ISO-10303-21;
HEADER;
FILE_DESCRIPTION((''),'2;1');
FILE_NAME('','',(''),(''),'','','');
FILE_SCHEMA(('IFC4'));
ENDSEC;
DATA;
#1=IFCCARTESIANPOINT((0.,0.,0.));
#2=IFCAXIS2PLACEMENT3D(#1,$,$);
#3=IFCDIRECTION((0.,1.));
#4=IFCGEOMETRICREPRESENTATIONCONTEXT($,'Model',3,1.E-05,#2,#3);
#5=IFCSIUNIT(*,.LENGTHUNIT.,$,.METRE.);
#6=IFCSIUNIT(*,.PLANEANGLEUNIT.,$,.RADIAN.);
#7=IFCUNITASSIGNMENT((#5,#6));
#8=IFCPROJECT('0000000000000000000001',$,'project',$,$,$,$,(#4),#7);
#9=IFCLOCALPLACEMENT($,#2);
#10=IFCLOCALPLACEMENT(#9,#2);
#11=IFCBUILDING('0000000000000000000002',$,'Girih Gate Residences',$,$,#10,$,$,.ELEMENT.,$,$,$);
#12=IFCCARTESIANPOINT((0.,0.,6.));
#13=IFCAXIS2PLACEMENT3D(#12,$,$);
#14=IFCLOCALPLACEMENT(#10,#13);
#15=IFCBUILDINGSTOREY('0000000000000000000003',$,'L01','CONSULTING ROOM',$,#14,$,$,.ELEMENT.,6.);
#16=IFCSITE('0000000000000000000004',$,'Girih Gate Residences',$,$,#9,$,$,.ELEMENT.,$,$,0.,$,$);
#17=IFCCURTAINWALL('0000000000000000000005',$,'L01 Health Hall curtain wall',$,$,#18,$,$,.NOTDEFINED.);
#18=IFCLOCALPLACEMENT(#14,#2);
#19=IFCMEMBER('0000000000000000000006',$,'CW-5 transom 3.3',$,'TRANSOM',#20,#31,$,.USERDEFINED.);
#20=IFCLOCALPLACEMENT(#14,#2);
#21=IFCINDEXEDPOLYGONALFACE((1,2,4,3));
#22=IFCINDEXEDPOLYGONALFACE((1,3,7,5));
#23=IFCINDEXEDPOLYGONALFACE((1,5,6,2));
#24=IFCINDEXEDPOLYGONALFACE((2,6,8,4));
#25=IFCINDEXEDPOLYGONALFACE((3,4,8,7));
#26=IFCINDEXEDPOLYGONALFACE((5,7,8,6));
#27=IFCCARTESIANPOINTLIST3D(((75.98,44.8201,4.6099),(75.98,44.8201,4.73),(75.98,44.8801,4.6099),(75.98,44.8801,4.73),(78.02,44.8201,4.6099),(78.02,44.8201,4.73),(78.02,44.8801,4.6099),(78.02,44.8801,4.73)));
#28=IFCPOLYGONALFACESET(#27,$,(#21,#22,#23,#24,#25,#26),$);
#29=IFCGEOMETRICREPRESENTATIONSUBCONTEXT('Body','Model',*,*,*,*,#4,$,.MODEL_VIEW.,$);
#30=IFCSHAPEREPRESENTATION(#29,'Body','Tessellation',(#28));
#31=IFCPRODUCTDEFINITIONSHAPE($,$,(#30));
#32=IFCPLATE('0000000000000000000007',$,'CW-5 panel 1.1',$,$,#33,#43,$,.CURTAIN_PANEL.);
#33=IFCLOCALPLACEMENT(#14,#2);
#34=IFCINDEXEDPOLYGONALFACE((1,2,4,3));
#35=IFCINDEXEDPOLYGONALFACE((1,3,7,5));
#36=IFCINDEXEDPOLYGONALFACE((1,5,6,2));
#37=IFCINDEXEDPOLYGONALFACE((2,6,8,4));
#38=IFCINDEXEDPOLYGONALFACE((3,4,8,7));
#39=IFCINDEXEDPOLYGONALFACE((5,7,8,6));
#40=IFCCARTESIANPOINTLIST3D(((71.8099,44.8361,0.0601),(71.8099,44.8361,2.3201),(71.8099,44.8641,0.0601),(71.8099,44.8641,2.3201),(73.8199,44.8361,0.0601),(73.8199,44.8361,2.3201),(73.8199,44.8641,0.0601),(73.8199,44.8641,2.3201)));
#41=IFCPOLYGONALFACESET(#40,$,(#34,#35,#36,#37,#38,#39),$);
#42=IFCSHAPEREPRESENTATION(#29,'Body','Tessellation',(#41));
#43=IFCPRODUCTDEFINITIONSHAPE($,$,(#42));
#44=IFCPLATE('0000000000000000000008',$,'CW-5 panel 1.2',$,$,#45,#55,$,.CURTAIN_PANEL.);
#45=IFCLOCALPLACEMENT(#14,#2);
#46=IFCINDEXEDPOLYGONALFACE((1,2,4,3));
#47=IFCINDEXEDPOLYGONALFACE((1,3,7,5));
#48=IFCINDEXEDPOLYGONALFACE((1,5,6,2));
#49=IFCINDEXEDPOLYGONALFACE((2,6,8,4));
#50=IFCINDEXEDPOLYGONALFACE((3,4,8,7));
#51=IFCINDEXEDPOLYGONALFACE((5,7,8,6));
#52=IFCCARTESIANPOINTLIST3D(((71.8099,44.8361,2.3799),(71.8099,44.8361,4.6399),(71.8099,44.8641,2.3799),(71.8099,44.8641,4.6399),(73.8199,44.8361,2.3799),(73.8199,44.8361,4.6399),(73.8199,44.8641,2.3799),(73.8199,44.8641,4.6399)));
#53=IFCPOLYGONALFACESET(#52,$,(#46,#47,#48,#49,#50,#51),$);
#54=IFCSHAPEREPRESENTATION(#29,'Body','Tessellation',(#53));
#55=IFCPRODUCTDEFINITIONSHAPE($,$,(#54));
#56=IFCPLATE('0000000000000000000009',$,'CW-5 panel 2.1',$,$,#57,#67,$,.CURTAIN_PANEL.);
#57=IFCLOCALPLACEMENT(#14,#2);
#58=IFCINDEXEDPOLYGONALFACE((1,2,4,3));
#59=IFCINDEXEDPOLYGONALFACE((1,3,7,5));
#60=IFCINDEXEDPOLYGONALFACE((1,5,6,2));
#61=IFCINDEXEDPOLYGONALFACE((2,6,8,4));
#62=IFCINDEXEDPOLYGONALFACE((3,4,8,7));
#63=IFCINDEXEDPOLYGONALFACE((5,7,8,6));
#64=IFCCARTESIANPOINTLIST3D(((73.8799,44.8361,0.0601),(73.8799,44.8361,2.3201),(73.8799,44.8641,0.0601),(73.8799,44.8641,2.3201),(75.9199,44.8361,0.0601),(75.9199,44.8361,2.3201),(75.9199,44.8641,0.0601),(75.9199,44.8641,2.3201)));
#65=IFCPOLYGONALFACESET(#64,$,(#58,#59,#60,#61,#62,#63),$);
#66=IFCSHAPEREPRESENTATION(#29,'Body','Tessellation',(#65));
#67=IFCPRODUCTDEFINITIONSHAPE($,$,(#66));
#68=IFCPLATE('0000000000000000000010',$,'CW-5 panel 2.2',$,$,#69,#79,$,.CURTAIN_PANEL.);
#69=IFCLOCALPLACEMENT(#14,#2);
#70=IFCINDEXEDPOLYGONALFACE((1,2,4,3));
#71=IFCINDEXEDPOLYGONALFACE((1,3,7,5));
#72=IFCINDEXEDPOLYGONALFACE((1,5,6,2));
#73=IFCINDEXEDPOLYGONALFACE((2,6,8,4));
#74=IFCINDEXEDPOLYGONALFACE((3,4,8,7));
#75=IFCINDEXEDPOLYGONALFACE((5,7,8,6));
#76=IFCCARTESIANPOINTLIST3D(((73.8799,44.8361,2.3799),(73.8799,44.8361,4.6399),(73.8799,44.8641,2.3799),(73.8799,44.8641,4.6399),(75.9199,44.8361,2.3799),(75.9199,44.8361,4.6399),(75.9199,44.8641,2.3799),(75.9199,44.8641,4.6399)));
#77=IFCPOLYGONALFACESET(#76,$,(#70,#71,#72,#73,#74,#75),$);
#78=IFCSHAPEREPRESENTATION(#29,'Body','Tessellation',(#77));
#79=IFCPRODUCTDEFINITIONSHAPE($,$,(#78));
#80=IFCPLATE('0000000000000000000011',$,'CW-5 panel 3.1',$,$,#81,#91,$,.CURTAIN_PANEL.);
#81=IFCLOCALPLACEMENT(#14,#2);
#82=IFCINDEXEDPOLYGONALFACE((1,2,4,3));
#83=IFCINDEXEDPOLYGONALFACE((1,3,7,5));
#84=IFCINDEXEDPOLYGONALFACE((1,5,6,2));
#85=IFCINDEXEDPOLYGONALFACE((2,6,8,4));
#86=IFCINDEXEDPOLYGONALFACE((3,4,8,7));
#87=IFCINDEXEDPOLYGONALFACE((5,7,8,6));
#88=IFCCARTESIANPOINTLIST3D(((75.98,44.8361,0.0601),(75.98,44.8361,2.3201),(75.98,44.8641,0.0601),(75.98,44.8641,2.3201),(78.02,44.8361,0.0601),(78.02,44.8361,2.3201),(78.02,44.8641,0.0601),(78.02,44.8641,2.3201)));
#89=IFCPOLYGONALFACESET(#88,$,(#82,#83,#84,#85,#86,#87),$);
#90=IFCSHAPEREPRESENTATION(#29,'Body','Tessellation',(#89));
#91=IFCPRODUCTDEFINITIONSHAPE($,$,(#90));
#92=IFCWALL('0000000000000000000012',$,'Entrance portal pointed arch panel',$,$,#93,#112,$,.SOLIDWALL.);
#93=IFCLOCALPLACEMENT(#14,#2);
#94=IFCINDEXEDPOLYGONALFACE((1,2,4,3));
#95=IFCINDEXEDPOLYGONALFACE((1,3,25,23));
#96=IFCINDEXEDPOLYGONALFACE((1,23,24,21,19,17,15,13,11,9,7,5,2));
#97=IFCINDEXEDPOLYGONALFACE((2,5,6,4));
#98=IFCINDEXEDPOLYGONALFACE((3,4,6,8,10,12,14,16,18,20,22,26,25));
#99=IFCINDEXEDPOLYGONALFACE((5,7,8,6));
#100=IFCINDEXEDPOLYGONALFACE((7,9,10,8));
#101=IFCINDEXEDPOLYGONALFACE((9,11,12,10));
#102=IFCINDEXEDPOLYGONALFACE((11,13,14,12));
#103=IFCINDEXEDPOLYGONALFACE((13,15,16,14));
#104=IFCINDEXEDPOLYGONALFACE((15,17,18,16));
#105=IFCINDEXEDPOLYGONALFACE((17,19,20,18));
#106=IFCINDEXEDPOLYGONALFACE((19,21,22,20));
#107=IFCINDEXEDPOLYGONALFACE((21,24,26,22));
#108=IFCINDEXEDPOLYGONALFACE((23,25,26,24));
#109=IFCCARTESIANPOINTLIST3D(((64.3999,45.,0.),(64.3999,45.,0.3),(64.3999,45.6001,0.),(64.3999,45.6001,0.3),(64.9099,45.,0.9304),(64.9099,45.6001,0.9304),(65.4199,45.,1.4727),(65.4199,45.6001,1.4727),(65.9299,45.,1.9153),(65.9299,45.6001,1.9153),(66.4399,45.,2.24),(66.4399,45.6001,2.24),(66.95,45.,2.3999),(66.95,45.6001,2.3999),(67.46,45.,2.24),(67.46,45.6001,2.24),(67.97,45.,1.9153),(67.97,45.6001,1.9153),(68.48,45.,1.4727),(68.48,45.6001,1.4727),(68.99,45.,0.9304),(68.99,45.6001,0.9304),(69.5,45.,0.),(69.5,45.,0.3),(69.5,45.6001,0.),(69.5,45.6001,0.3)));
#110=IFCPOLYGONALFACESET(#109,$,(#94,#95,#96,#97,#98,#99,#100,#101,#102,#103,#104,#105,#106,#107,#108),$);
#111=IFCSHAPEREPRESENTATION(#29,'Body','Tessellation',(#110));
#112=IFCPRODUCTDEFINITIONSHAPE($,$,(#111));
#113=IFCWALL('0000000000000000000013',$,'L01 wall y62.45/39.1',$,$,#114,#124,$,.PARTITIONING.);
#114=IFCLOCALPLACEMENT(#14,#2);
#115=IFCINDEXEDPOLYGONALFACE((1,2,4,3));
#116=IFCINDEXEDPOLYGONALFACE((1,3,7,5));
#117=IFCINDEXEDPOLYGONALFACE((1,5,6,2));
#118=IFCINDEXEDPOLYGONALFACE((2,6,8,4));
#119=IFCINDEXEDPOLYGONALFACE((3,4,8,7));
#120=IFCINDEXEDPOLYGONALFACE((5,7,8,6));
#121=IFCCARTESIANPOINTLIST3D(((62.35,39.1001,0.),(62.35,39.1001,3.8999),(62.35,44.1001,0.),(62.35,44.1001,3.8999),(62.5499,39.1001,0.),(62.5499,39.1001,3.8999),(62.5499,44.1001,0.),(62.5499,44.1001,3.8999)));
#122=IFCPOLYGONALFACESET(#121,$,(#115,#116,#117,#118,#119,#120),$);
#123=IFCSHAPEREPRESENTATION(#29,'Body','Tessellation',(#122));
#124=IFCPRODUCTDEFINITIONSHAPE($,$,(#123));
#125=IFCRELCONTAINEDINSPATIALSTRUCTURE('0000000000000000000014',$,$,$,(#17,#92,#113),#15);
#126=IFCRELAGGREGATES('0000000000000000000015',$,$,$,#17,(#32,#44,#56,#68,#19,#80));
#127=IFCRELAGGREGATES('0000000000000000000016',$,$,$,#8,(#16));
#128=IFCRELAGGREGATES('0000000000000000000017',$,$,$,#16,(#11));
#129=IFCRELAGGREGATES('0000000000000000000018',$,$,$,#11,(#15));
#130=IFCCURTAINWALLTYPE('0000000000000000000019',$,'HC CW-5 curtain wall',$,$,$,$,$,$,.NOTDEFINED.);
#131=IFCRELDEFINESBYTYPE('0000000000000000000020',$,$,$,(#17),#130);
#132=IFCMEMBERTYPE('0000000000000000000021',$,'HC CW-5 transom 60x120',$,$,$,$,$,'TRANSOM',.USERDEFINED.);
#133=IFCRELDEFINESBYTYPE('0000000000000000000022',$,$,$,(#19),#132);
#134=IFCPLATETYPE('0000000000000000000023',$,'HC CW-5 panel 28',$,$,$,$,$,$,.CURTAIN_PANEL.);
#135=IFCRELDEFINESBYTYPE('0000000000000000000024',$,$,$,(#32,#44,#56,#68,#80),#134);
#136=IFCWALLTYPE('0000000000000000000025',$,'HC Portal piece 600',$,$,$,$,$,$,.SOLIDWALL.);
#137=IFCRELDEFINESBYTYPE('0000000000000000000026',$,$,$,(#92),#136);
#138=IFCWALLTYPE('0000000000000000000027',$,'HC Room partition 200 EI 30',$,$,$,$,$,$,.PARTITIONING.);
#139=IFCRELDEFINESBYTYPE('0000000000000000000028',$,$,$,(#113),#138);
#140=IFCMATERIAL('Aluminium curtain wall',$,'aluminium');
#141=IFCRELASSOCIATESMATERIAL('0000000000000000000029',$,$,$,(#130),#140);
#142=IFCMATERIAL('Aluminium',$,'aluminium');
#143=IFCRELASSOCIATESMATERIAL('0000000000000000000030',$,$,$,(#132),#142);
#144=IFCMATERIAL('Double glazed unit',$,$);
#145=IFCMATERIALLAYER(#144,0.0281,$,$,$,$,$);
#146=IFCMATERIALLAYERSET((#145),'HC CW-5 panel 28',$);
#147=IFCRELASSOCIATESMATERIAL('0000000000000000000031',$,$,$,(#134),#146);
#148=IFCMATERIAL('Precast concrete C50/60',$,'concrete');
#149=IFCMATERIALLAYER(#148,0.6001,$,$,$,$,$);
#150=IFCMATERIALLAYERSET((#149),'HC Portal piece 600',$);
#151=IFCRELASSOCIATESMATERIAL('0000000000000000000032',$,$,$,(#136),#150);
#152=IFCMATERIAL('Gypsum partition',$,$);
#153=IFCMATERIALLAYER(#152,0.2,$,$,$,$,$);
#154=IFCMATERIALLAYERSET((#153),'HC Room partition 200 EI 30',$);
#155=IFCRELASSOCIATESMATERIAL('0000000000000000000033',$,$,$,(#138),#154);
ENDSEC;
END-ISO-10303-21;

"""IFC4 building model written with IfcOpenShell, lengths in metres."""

from ifc_helpers import new_model, si_unit, direction, frame, frame_2d, origin, origin_2d, place, context, subcontext, project, spatial, polyline, rectangle, outline, extrude, material, layer, layer_set, material_profile, profile_set, type_object, element, aggregate, save


model = new_model("IFC4")

# Units and contexts
model_context = context("Model", 3, precision=1e-05, world=origin(), true_north=direction((0.0, 1.0)))
body_context = subcontext(model_context, "Body", "Model", "MODEL_VIEW")
ifc_project = project(units=[si_unit("LENGTHUNIT", "METRE"), si_unit("PLANEANGLEUNIT", "RADIAN")], contexts=[model_context])

# Site, building, storey
site_placement = place(None, origin())
site = spatial("IfcSite", under=ifc_project, at=site_placement, Name="Girih Gate Residences", CompositionType="ELEMENT", RefElevation=0.0)
building_placement = place(site_placement, origin())
building = spatial("IfcBuilding", under=site, at=building_placement, Name="Girih Gate Residences", CompositionType="ELEMENT")
storey_placement = place(building_placement, frame((0.0, 0.0, 6.0)))
storey = spatial("IfcBuildingStorey", under=building, at=storey_placement, Name="L01", Description="CONSULTING ROOM", CompositionType="ELEMENT", Elevation=6.0)

# Curtain wall, member, plates
ifc_material_1 = material(Name="Aluminium curtain wall", Category="aluminium")
curtain_wall_type = type_object("IfcCurtainWallType", Name="HC CW-5 curtain wall", PredefinedType="NOTDEFINED", material=ifc_material_1)
curtain_wall_placement = place(storey_placement, origin())
curtain_wall = element("IfcCurtainWall", 1, at=curtain_wall_placement, inside=storey, type_object=curtain_wall_type, Name="L01 Health Hall curtain wall", PredefinedType="NOTDEFINED")
ifc_material_2 = material(Name="Aluminium", Category="aluminium")
ifc_material_profile_1 = material_profile(ifc_material_2, rectangle(XDim=0.0601, YDim=0.1201, at=origin_2d()))
ifc_profile_set_1 = profile_set([ifc_material_profile_1], Name="Aluminium")
member_type_1 = type_object("IfcMemberType", Name="HC CW-5 transom 60x120", ElementType="TRANSOM", PredefinedType="USERDEFINED", material=ifc_profile_set_1)
member_1_placement = place(storey_placement, frame((75.98, 44.8501, 4.6699), z_axis=(1.0, 0.0, 0.0), x_axis=(0.0, 1.0, 0.0)))
member_1 = element("IfcMember", 2, at=member_1_placement, type_object=member_type_1, Name="CW-5 transom 3.3", ObjectType="TRANSOM", PredefinedType="USERDEFINED", context=body_context, shape_type="SweptSolid", body=[
    extrude(rectangle(XDim=0.0601, YDim=0.1201, at=origin_2d()), origin(), (0.0, 0.0, 1.0), 2.04),
])
ifc_material_3 = material(Name="Double glazed unit")
ifc_layer_1 = layer(ifc_material_3, 0.0281)
ifc_layer_set_1 = layer_set([ifc_layer_1], Name="HC CW-5 panel 28")
plate_type = type_object("IfcPlateType", Name="HC CW-5 panel 28", PredefinedType="CURTAIN_PANEL", material=ifc_layer_set_1)
plate_1_placement = place(storey_placement, frame((72.8149, 44.8501, 0.0601), z_axis=(0.0, 0.0, 1.0), x_axis=(1.0, 0.0, 0.0)))
plate_1 = element("IfcPlate", 3, at=plate_1_placement, type_object=plate_type, Name="CW-5 panel 1.1", PredefinedType="CURTAIN_PANEL", context=body_context, shape_type="SweptSolid", body=[
    extrude(rectangle(XDim=2.01, YDim=0.0281, at=origin_2d()), origin(), (0.0, 0.0, 1.0), 2.26),
])
plate_2_placement = place(storey_placement, frame((72.8149, 44.8501, 2.3799), z_axis=(0.0, 0.0, 1.0), x_axis=(1.0, 0.0, 0.0)))
plate_2 = element("IfcPlate", 4, at=plate_2_placement, type_object=plate_type, Name="CW-5 panel 1.2", PredefinedType="CURTAIN_PANEL", context=body_context, shape_type="SweptSolid", body=[
    extrude(rectangle(XDim=2.01, YDim=0.0281, at=origin_2d()), origin(), (0.0, 0.0, 1.0), 2.26),
])
plate_3_placement = place(storey_placement, frame((74.8999, 44.8501, 0.0601), z_axis=(0.0, 0.0, 1.0), x_axis=(1.0, 0.0, 0.0)))
plate_3 = element("IfcPlate", 5, at=plate_3_placement, type_object=plate_type, Name="CW-5 panel 2.1", PredefinedType="CURTAIN_PANEL", context=body_context, shape_type="SweptSolid", body=[
    extrude(rectangle(XDim=2.04, YDim=0.0281, at=origin_2d()), origin(), (0.0, 0.0, 1.0), 2.26),
])
plate_4_placement = place(storey_placement, frame((74.8999, 44.8501, 2.3799), z_axis=(0.0, 0.0, 1.0), x_axis=(1.0, 0.0, 0.0)))
plate_4 = element("IfcPlate", 6, at=plate_4_placement, type_object=plate_type, Name="CW-5 panel 2.2", PredefinedType="CURTAIN_PANEL", context=body_context, shape_type="SweptSolid", body=[
    extrude(rectangle(XDim=2.04, YDim=0.0281, at=origin_2d()), origin(), (0.0, 0.0, 1.0), 2.26),
])
plate_5_placement = place(storey_placement, frame((77.0, 44.8501, 0.0601), z_axis=(0.0, 0.0, 1.0), x_axis=(1.0, 0.0, 0.0)))
plate_5 = element("IfcPlate", 7, at=plate_5_placement, type_object=plate_type, Name="CW-5 panel 3.1", PredefinedType="CURTAIN_PANEL", context=body_context, shape_type="SweptSolid", body=[
    extrude(rectangle(XDim=2.04, YDim=0.0281, at=origin_2d()), origin(), (0.0, 0.0, 1.0), 2.26),
])
aggregate(curtain_wall, [plate_1, plate_2, plate_3, plate_4, member_1, plate_5])

# Walls
ifc_material_4 = material(Name="Precast concrete C50/60", Category="concrete")
ifc_layer_2 = layer(ifc_material_4, 0.6001)
ifc_layer_set_2 = layer_set([ifc_layer_2], Name="HC Portal piece 600")
wall_type_1 = type_object("IfcWallType", Name="HC Portal piece 600", PredefinedType="SOLIDWALL", material=ifc_layer_set_2)
wall_1_placement = place(storey_placement, frame((64.3999, 45.3, 0.0), z_axis=(0.0, 0.0, 1.0), x_axis=(1.0, 0.0, 0.0)))
element("IfcWall", 8, at=wall_1_placement, inside=storey, type_object=wall_type_1, Name="Entrance portal pointed arch panel", PredefinedType="SOLIDWALL", context=body_context, shape_type="SweptSolid", body=[
    extrude(outline(polyline([(0.0, 0.0), (5.1001, 0.0), (5.1001, 0.3), (4.5901, 0.9304), (4.0801, 1.4727), (3.5701, 1.9153), (3.0601, 2.24), (2.55, 2.3999), (2.04, 2.24), (1.53, 1.9153), (1.02, 1.4727), (0.51, 0.9304), (0.0, 0.3), (0.0, 0.0)])), frame((0.0, 0.3, 0.0), z_axis=(0.0, -1.0, 0.0), x_axis=(1.0, 0.0, 0.0)), (0.0, 0.0, 1.0), 0.6001),
])
ifc_material_5 = material(Name="Gypsum partition")
ifc_layer_3 = layer(ifc_material_5, 0.2)
ifc_layer_set_3 = layer_set([ifc_layer_3], Name="HC Room partition 200 EI 30")
wall_type_2 = type_object("IfcWallType", Name="HC Room partition 200 EI 30", PredefinedType="PARTITIONING", material=ifc_layer_set_3)
wall_2_placement = place(storey_placement, frame((62.45, 39.1001, 0.0), z_axis=(0.0, 0.0, 1.0), x_axis=(0.0, 1.0, 0.0)))
element("IfcWall", 9, at=wall_2_placement, inside=storey, type_object=wall_type_2, Name="L01 wall y62.45/39.1", PredefinedType="PARTITIONING", context=body_context, shape_type="SweptSolid", body=[
    extrude(rectangle(XDim=5.0, YDim=0.2, at=frame_2d((2.5, 0.0))), origin(), (0.0, 0.0, 1.0), 3.8999),
])

save(model, "model.ifc")
